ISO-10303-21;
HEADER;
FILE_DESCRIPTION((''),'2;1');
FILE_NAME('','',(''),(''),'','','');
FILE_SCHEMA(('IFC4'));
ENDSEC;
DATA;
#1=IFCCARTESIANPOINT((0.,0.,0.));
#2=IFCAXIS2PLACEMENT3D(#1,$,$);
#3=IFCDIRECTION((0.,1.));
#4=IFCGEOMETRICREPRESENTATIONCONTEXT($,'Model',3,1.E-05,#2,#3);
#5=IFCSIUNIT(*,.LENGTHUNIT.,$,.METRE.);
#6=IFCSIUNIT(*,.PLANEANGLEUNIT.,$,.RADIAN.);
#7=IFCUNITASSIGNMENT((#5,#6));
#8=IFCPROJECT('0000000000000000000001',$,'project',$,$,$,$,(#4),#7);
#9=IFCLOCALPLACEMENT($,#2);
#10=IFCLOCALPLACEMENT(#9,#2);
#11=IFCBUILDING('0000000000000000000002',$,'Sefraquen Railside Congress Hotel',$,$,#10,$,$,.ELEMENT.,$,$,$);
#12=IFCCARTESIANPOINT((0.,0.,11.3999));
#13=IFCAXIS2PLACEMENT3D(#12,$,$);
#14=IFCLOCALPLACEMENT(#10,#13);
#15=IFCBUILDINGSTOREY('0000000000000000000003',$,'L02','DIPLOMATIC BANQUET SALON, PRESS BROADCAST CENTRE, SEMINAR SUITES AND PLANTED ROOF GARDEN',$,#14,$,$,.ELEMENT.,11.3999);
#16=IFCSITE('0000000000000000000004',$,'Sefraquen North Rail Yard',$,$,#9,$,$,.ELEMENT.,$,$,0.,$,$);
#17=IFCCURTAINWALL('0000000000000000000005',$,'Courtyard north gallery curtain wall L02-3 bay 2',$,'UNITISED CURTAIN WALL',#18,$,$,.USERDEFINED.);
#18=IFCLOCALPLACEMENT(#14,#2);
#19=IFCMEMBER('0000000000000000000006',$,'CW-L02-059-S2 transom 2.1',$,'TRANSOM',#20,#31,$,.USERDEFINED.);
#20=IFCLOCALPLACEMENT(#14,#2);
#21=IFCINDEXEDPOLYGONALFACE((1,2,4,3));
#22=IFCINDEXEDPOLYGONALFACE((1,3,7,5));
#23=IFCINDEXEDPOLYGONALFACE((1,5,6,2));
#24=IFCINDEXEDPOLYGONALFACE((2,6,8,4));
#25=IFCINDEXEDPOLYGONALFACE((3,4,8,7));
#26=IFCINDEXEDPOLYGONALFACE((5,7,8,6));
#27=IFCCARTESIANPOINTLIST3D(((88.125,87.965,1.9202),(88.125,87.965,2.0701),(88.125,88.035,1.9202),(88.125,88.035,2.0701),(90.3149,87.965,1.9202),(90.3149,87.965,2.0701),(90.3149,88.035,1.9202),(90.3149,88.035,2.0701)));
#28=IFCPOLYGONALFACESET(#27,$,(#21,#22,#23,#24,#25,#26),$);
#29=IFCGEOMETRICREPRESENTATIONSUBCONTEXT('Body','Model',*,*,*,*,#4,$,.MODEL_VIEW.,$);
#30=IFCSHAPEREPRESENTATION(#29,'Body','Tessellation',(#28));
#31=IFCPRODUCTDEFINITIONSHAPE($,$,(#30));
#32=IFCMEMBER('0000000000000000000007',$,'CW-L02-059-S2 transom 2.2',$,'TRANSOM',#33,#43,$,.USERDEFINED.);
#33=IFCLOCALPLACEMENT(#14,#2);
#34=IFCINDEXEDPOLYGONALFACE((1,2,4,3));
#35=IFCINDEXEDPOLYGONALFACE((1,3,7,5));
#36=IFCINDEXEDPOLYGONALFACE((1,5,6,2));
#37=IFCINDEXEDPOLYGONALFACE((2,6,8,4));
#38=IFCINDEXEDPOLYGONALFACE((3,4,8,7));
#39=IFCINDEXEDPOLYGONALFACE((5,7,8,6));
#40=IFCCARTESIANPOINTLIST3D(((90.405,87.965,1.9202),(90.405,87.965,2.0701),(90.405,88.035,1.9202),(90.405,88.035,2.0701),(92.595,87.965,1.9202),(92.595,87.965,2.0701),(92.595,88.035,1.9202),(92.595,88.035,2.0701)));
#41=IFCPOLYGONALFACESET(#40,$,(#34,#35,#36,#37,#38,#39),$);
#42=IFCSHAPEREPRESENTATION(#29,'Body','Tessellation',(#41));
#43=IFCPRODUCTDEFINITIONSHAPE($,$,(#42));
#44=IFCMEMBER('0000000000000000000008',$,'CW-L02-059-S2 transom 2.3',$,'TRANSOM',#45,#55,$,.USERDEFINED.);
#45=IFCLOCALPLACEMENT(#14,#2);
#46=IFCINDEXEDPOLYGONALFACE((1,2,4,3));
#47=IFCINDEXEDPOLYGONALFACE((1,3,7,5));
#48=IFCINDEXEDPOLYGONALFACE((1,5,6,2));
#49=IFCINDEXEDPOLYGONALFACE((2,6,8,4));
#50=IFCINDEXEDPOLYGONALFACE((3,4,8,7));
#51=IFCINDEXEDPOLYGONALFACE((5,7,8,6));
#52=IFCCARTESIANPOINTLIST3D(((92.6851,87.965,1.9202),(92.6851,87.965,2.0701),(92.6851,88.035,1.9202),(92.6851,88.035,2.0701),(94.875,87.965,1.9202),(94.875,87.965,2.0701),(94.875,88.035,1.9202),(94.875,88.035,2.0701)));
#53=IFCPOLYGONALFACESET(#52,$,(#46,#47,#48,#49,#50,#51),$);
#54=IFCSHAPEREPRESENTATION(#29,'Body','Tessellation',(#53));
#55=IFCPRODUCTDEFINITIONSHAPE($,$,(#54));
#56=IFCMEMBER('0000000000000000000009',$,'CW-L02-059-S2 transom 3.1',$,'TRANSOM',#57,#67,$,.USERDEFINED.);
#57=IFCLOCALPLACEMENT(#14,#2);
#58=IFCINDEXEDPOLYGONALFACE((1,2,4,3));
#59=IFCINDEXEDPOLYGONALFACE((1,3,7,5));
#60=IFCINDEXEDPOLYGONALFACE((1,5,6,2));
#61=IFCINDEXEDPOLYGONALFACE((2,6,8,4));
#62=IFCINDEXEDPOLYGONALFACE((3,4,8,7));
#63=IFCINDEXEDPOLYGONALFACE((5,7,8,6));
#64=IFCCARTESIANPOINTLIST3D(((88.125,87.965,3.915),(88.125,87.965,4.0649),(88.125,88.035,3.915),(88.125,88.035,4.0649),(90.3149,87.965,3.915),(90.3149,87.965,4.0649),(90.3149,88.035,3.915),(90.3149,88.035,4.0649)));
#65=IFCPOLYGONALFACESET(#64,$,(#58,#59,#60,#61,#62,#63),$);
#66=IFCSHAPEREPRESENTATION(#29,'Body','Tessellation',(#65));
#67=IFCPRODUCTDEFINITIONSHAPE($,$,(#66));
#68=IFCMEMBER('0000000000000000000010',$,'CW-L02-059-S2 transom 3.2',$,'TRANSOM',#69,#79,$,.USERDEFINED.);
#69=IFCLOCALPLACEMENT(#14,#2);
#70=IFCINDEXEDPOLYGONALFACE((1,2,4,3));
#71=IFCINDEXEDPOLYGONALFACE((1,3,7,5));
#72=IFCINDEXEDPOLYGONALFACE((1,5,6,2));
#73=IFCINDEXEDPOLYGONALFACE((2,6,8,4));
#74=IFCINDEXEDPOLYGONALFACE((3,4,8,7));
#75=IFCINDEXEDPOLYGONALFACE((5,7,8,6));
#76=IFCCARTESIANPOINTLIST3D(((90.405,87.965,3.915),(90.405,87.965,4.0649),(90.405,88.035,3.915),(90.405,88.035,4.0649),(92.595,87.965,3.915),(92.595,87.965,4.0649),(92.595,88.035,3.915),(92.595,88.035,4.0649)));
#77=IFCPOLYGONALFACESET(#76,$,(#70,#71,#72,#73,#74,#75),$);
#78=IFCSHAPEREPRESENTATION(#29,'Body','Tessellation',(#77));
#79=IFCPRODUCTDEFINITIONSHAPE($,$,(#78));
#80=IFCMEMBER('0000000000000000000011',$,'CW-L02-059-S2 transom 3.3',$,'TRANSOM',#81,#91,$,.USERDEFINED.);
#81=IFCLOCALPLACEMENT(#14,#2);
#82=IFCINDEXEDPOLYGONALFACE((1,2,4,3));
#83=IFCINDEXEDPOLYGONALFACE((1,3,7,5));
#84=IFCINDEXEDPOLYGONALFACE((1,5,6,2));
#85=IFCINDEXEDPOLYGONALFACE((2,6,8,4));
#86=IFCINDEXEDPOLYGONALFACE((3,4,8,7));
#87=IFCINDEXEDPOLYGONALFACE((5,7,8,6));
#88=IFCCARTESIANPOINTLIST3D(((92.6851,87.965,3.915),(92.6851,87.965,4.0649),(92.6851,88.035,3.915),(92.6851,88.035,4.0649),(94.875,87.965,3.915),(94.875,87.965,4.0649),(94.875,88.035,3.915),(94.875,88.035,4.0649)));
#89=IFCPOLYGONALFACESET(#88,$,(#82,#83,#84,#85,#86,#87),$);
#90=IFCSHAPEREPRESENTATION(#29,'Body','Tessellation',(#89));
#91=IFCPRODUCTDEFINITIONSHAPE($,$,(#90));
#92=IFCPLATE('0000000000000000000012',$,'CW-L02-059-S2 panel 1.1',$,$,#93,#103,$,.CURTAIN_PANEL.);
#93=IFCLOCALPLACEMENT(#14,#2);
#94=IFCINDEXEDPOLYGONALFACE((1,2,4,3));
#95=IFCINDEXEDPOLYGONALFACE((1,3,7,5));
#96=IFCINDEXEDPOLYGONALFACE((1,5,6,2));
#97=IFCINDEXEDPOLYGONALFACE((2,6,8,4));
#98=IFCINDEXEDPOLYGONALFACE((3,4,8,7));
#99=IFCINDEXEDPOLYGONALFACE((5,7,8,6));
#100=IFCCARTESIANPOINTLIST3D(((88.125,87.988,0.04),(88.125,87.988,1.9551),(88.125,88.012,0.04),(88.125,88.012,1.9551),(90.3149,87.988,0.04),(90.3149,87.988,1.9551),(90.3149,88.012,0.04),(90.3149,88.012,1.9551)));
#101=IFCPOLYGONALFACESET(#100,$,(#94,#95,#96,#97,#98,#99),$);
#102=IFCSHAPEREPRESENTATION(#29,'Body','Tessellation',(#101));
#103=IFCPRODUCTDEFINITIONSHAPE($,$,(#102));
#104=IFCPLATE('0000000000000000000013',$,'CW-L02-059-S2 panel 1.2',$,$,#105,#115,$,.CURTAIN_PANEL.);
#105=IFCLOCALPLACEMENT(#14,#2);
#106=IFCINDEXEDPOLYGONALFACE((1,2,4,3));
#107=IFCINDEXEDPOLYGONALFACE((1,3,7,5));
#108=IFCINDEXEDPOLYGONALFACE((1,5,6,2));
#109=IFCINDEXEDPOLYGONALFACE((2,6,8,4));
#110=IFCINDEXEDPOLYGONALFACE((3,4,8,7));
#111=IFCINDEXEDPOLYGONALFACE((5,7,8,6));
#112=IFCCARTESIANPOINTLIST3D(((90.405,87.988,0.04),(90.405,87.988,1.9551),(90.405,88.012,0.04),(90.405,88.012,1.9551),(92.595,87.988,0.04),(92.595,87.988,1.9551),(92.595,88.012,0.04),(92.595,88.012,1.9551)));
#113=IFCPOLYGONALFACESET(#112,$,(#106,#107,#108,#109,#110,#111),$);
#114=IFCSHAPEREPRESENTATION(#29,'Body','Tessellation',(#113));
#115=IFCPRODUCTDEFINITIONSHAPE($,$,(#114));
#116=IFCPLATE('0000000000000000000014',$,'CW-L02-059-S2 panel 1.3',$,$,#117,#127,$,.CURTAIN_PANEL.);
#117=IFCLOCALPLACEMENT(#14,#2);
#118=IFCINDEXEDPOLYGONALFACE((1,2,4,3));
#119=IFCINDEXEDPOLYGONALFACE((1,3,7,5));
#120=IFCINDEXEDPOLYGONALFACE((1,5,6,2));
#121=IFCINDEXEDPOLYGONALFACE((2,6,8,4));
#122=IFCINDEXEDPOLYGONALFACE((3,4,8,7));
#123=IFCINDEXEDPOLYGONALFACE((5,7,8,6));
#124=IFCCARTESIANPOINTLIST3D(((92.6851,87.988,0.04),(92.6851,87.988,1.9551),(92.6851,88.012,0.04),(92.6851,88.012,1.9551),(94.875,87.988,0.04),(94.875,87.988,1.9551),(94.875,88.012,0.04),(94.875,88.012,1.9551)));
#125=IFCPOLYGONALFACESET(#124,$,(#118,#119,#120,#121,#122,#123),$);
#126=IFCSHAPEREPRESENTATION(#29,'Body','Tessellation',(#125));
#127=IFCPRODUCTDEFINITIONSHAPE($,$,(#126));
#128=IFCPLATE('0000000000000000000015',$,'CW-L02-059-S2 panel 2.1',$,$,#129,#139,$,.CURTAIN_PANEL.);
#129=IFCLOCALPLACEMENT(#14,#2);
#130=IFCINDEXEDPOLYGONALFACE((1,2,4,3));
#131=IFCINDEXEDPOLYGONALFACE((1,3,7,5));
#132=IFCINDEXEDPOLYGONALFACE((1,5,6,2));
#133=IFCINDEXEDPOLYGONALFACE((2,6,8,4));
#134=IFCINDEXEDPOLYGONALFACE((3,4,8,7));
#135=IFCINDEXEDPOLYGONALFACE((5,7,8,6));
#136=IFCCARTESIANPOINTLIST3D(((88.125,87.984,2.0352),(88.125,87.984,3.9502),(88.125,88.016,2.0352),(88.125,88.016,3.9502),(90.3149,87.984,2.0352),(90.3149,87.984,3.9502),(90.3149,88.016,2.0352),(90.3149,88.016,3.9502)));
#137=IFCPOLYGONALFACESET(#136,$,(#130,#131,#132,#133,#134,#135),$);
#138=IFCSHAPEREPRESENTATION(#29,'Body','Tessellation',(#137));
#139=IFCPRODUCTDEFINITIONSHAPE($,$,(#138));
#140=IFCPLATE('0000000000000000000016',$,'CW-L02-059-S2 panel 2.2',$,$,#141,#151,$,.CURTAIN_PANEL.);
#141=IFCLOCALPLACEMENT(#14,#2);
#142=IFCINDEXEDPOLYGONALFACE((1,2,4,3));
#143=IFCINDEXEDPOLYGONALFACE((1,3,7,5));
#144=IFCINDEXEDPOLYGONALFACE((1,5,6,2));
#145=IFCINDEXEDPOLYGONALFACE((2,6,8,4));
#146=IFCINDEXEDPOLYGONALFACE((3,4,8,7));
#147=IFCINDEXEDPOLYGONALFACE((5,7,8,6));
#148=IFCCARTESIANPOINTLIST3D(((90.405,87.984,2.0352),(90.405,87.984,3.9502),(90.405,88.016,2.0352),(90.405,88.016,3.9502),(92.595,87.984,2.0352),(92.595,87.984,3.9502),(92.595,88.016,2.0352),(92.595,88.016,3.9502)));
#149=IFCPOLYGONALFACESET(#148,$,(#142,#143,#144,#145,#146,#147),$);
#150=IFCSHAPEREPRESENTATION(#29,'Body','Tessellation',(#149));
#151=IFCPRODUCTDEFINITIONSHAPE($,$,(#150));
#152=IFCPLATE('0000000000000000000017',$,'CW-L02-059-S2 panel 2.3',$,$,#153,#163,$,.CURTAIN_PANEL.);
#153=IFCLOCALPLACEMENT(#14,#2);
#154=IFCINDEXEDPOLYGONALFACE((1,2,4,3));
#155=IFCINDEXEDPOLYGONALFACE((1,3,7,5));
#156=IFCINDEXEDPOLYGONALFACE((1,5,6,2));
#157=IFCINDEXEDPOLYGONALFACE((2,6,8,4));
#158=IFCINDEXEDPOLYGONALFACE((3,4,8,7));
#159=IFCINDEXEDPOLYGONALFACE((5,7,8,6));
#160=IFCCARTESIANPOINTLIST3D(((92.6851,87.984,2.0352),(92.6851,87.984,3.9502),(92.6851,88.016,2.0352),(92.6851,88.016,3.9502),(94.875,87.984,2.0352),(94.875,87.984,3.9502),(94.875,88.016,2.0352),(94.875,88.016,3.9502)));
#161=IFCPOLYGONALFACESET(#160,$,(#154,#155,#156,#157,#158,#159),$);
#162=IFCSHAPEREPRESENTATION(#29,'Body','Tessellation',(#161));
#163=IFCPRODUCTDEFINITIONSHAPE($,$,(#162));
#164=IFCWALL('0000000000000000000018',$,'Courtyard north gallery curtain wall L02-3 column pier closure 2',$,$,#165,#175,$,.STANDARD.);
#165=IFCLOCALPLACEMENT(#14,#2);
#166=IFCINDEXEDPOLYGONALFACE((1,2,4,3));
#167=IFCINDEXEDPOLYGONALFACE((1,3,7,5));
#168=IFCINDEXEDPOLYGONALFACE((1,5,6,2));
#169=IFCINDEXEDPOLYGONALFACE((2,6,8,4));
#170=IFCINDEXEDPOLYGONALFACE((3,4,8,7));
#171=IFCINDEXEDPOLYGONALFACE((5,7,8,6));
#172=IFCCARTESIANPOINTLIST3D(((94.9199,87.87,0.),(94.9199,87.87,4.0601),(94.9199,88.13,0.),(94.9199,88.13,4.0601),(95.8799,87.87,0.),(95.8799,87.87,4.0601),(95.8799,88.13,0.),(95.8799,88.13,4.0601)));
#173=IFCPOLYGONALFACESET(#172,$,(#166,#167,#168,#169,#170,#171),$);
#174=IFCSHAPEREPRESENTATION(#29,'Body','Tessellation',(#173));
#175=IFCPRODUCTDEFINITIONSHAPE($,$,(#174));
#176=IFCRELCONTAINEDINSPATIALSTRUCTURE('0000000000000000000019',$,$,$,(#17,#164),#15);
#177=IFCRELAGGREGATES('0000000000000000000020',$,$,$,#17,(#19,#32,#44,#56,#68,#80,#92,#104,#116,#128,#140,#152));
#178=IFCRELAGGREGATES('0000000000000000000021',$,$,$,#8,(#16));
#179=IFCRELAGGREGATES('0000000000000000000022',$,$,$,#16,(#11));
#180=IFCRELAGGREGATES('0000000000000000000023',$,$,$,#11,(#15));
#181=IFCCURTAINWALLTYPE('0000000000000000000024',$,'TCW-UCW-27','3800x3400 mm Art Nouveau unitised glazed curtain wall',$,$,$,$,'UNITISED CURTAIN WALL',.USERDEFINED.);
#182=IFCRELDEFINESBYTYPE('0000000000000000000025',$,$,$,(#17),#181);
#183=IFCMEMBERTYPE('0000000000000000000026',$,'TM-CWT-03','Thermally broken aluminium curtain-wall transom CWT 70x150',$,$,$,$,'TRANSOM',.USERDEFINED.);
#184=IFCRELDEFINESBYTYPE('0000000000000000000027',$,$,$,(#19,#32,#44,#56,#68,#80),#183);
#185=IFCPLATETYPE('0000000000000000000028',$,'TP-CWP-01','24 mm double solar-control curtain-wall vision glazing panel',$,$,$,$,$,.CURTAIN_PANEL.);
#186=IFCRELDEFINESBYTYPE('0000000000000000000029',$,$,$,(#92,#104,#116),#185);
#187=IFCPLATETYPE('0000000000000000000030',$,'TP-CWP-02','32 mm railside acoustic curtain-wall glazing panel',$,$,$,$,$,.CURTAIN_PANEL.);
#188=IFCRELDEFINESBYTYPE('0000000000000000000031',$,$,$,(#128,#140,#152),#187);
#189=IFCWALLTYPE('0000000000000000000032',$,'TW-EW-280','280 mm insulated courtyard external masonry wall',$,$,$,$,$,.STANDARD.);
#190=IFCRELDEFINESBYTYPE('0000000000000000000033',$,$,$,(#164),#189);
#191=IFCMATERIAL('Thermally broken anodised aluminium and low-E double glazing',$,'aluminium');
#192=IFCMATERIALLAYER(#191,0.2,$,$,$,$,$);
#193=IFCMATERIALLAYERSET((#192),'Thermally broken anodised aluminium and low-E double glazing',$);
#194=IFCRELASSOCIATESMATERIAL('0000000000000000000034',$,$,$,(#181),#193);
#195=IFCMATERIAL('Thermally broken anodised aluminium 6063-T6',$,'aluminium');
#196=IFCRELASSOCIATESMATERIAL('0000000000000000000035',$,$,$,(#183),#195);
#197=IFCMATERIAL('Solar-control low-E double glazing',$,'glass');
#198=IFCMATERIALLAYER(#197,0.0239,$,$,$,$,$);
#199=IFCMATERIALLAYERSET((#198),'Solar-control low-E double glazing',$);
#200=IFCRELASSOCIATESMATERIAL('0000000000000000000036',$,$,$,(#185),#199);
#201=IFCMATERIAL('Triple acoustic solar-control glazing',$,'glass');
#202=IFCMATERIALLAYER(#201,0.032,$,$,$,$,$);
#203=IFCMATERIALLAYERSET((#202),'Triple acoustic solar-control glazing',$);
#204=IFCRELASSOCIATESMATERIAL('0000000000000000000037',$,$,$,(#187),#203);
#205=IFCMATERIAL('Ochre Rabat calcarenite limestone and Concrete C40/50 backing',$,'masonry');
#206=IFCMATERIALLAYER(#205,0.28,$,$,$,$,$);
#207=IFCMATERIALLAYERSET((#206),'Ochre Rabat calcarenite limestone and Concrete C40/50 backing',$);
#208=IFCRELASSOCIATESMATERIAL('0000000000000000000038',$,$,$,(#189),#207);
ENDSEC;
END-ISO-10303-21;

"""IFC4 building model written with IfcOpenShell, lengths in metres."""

from ifc_helpers import new_model, si_unit, direction, frame, frame_2d, origin, origin_2d, place, context, subcontext, project, spatial, rectangle, extrude, material, layer, layer_set, material_profile, profile_set, type_object, element, aggregate, save


model = new_model("IFC4")

# Units and contexts
model_context = context("Model", 3, precision=1e-05, world=origin(), true_north=direction((0.0, 1.0)))
body_context = subcontext(model_context, "Body", "Model", "MODEL_VIEW")
ifc_project = project(units=[si_unit("LENGTHUNIT", "METRE"), si_unit("PLANEANGLEUNIT", "RADIAN")], contexts=[model_context])

# Site, building, storey
site_placement = place(None, origin())
site = spatial("IfcSite", under=ifc_project, at=site_placement, Name="Sefraquen North Rail Yard", CompositionType="ELEMENT", RefElevation=0.0)
building_placement = place(site_placement, origin())
building = spatial("IfcBuilding", under=site, at=building_placement, Name="Sefraquen Railside Congress Hotel", CompositionType="ELEMENT")
storey_placement = place(building_placement, frame((0.0, 0.0, 11.3999)))
storey = spatial("IfcBuildingStorey", under=building, at=storey_placement, Name="L02", Description="DIPLOMATIC BANQUET SALON, PRESS BROADCAST CENTRE, SEMINAR SUITES AND PLANTED ROOF GARDEN", CompositionType="ELEMENT", Elevation=11.3999)

# Curtain wall
ifc_material_1 = material(Name="Thermally broken anodised aluminium and low-E double glazing", Category="aluminium")
ifc_layer_1 = layer(ifc_material_1, 0.2)
ifc_layer_set_1 = layer_set([ifc_layer_1], Name="Thermally broken anodised aluminium and low-E double glazing")
curtain_wall_type = type_object("IfcCurtainWallType", Name="TCW-UCW-27", Description="3800x3400 mm Art Nouveau unitised glazed curtain wall", ElementType="UNITISED CURTAIN WALL", PredefinedType="USERDEFINED", material=ifc_layer_set_1)
curtain_wall_1_placement = place(storey_placement, origin())
curtain_wall_1 = element("IfcCurtainWall", 1, at=curtain_wall_1_placement, inside=storey, type_object=curtain_wall_type, Name="Courtyard north gallery curtain wall L02-3 bay 2", ObjectType="UNITISED CURTAIN WALL", PredefinedType="USERDEFINED")
ifc_material_2 = material(Name="Thermally broken anodised aluminium 6063-T6", Category="aluminium")

# Members
ifc_material_profile_1 = material_profile(ifc_material_2, rectangle(XDim=0.0701, YDim=0.1499, at=origin_2d()), Name="CWT 70x150")
ifc_profile_set_1 = profile_set([ifc_material_profile_1], Name="Thermally broken anodised aluminium 6063-T6")
member_type_1 = type_object("IfcMemberType", Name="TM-CWT-03", Description="Thermally broken aluminium curtain-wall transom CWT 70x150", ElementType="TRANSOM", PredefinedType="USERDEFINED", material=ifc_profile_set_1)
member_1_placement = place(storey_placement, frame((88.125, 88.0, 1.9951), z_axis=(1.0, 0.0, 0.0), x_axis=(0.0, 1.0, 0.0)))
member_1 = element("IfcMember", 2, at=member_1_placement, type_object=member_type_1, Name="CW-L02-059-S2 transom 2.1", ObjectType="TRANSOM", PredefinedType="USERDEFINED", context=body_context, shape_type="SweptSolid", body=[
    extrude(rectangle(XDim=0.0701, YDim=0.1499, at=origin_2d()), origin(), (0.0, 0.0, 1.0), 2.1899),
])
member_2_placement = place(storey_placement, frame((90.405, 88.0, 1.9951), z_axis=(1.0, 0.0, 0.0), x_axis=(0.0, 1.0, 0.0)))
member_2 = element("IfcMember", 3, at=member_2_placement, type_object=member_type_1, Name="CW-L02-059-S2 transom 2.2", ObjectType="TRANSOM", PredefinedType="USERDEFINED", context=body_context, shape_type="SweptSolid", body=[
    extrude(rectangle(XDim=0.0701, YDim=0.1499, at=origin_2d()), origin(), (0.0, 0.0, 1.0), 2.1899),
])
member_3_placement = place(storey_placement, frame((92.6851, 88.0, 1.9951), z_axis=(1.0, 0.0, 0.0), x_axis=(0.0, 1.0, 0.0)))
member_3 = element("IfcMember", 4, at=member_3_placement, type_object=member_type_1, Name="CW-L02-059-S2 transom 2.3", ObjectType="TRANSOM", PredefinedType="USERDEFINED", context=body_context, shape_type="SweptSolid", body=[
    extrude(rectangle(XDim=0.0701, YDim=0.1499, at=origin_2d()), origin(), (0.0, 0.0, 1.0), 2.1899),
])
member_4_placement = place(storey_placement, frame((88.125, 88.0, 3.99), z_axis=(1.0, 0.0, 0.0), x_axis=(0.0, 1.0, 0.0)))
member_4 = element("IfcMember", 5, at=member_4_placement, type_object=member_type_1, Name="CW-L02-059-S2 transom 3.1", ObjectType="TRANSOM", PredefinedType="USERDEFINED", context=body_context, shape_type="SweptSolid", body=[
    extrude(rectangle(XDim=0.0701, YDim=0.1499, at=origin_2d()), origin(), (0.0, 0.0, 1.0), 2.1899),
])
member_5_placement = place(storey_placement, frame((90.405, 88.0, 3.99), z_axis=(1.0, 0.0, 0.0), x_axis=(0.0, 1.0, 0.0)))
member_5 = element("IfcMember", 6, at=member_5_placement, type_object=member_type_1, Name="CW-L02-059-S2 transom 3.2", ObjectType="TRANSOM", PredefinedType="USERDEFINED", context=body_context, shape_type="SweptSolid", body=[
    extrude(rectangle(XDim=0.0701, YDim=0.1499, at=origin_2d()), origin(), (0.0, 0.0, 1.0), 2.1899),
])
member_6_placement = place(storey_placement, frame((92.6851, 88.0, 3.99), z_axis=(1.0, 0.0, 0.0), x_axis=(0.0, 1.0, 0.0)))
member_6 = element("IfcMember", 7, at=member_6_placement, type_object=member_type_1, Name="CW-L02-059-S2 transom 3.3", ObjectType="TRANSOM", PredefinedType="USERDEFINED", context=body_context, shape_type="SweptSolid", body=[
    extrude(rectangle(XDim=0.0701, YDim=0.1499, at=origin_2d()), origin(), (0.0, 0.0, 1.0), 2.1899),
])

# Plates
ifc_material_3 = material(Name="Solar-control low-E double glazing", Category="glass")
ifc_layer_2 = layer(ifc_material_3, 0.0239)
ifc_layer_set_2 = layer_set([ifc_layer_2], Name="Solar-control low-E double glazing")
plate_type_1 = type_object("IfcPlateType", Name="TP-CWP-01", Description="24 mm double solar-control curtain-wall vision glazing panel", PredefinedType="CURTAIN_PANEL", material=ifc_layer_set_2)
plate_1_placement = place(storey_placement, frame((89.22, 88.0, 0.04), z_axis=(0.0, 0.0, 1.0), x_axis=(1.0, 0.0, 0.0)))
plate_1 = element("IfcPlate", 8, at=plate_1_placement, type_object=plate_type_1, Name="CW-L02-059-S2 panel 1.1", PredefinedType="CURTAIN_PANEL", context=body_context, shape_type="SweptSolid", body=[
    extrude(rectangle(XDim=2.1899, YDim=0.0239, at=origin_2d()), origin(), (0.0, 0.0, 1.0), 1.915),
])
plate_2_placement = place(storey_placement, frame((91.5, 88.0, 0.04), z_axis=(0.0, 0.0, 1.0), x_axis=(1.0, 0.0, 0.0)))
plate_2 = element("IfcPlate", 9, at=plate_2_placement, type_object=plate_type_1, Name="CW-L02-059-S2 panel 1.2", PredefinedType="CURTAIN_PANEL", context=body_context, shape_type="SweptSolid", body=[
    extrude(rectangle(XDim=2.1899, YDim=0.0239, at=origin_2d()), origin(), (0.0, 0.0, 1.0), 1.915),
])
plate_3_placement = place(storey_placement, frame((93.78, 88.0, 0.04), z_axis=(0.0, 0.0, 1.0), x_axis=(1.0, 0.0, 0.0)))
plate_3 = element("IfcPlate", 10, at=plate_3_placement, type_object=plate_type_1, Name="CW-L02-059-S2 panel 1.3", PredefinedType="CURTAIN_PANEL", context=body_context, shape_type="SweptSolid", body=[
    extrude(rectangle(XDim=2.1899, YDim=0.0239, at=origin_2d()), origin(), (0.0, 0.0, 1.0), 1.915),
])
ifc_material_4 = material(Name="Triple acoustic solar-control glazing", Category="glass")
ifc_layer_3 = layer(ifc_material_4, 0.032)
ifc_layer_set_3 = layer_set([ifc_layer_3], Name="Triple acoustic solar-control glazing")
plate_type_2 = type_object("IfcPlateType", Name="TP-CWP-02", Description="32 mm railside acoustic curtain-wall glazing panel", PredefinedType="CURTAIN_PANEL", material=ifc_layer_set_3)
plate_4_placement = place(storey_placement, frame((89.22, 88.0, 2.0352), z_axis=(0.0, 0.0, 1.0), x_axis=(1.0, 0.0, 0.0)))
plate_4 = element("IfcPlate", 11, at=plate_4_placement, type_object=plate_type_2, Name="CW-L02-059-S2 panel 2.1", PredefinedType="CURTAIN_PANEL", context=body_context, shape_type="SweptSolid", body=[
    extrude(rectangle(XDim=2.1899, YDim=0.032, at=origin_2d()), origin(), (0.0, 0.0, 1.0), 1.915),
])
plate_5_placement = place(storey_placement, frame((91.5, 88.0, 2.0352), z_axis=(0.0, 0.0, 1.0), x_axis=(1.0, 0.0, 0.0)))
plate_5 = element("IfcPlate", 12, at=plate_5_placement, type_object=plate_type_2, Name="CW-L02-059-S2 panel 2.2", PredefinedType="CURTAIN_PANEL", context=body_context, shape_type="SweptSolid", body=[
    extrude(rectangle(XDim=2.1899, YDim=0.032, at=origin_2d()), origin(), (0.0, 0.0, 1.0), 1.915),
])
plate_6_placement = place(storey_placement, frame((93.78, 88.0, 2.0352), z_axis=(0.0, 0.0, 1.0), x_axis=(1.0, 0.0, 0.0)))
plate_6 = element("IfcPlate", 13, at=plate_6_placement, type_object=plate_type_2, Name="CW-L02-059-S2 panel 2.3", PredefinedType="CURTAIN_PANEL", context=body_context, shape_type="SweptSolid", body=[
    extrude(rectangle(XDim=2.1899, YDim=0.032, at=origin_2d()), origin(), (0.0, 0.0, 1.0), 1.915),
])
aggregate(curtain_wall_1, [member_1, member_2, member_3, member_4, member_5, member_6, plate_1, plate_2, plate_3, plate_4, plate_5, plate_6])

# Wall
ifc_material_5 = material(Name="Ochre Rabat calcarenite limestone and Concrete C40/50 backing", Category="masonry")
ifc_layer_4 = layer(ifc_material_5, 0.28)
ifc_layer_set_4 = layer_set([ifc_layer_4], Name="Ochre Rabat calcarenite limestone and Concrete C40/50 backing")
wall_type = type_object("IfcWallType", Name="TW-EW-280", Description="280 mm insulated courtyard external masonry wall", PredefinedType="STANDARD", material=ifc_layer_set_4)
wall_placement = place(storey_placement, frame((94.9199, 88.0, 0.0), z_axis=(0.0, 0.0, 1.0), x_axis=(1.0, 0.0, 0.0)))
element("IfcWall", 14, at=wall_placement, inside=storey, type_object=wall_type, Name="Courtyard north gallery curtain wall L02-3 column pier closure 2", PredefinedType="STANDARD", context=body_context, shape_type="SweptSolid", body=[
    extrude(rectangle(XDim=0.96, YDim=0.26, at=frame_2d((0.48, 0.0))), origin(), (0.0, 0.0, 1.0), 4.0601),
])

save(model, "model.ifc")
